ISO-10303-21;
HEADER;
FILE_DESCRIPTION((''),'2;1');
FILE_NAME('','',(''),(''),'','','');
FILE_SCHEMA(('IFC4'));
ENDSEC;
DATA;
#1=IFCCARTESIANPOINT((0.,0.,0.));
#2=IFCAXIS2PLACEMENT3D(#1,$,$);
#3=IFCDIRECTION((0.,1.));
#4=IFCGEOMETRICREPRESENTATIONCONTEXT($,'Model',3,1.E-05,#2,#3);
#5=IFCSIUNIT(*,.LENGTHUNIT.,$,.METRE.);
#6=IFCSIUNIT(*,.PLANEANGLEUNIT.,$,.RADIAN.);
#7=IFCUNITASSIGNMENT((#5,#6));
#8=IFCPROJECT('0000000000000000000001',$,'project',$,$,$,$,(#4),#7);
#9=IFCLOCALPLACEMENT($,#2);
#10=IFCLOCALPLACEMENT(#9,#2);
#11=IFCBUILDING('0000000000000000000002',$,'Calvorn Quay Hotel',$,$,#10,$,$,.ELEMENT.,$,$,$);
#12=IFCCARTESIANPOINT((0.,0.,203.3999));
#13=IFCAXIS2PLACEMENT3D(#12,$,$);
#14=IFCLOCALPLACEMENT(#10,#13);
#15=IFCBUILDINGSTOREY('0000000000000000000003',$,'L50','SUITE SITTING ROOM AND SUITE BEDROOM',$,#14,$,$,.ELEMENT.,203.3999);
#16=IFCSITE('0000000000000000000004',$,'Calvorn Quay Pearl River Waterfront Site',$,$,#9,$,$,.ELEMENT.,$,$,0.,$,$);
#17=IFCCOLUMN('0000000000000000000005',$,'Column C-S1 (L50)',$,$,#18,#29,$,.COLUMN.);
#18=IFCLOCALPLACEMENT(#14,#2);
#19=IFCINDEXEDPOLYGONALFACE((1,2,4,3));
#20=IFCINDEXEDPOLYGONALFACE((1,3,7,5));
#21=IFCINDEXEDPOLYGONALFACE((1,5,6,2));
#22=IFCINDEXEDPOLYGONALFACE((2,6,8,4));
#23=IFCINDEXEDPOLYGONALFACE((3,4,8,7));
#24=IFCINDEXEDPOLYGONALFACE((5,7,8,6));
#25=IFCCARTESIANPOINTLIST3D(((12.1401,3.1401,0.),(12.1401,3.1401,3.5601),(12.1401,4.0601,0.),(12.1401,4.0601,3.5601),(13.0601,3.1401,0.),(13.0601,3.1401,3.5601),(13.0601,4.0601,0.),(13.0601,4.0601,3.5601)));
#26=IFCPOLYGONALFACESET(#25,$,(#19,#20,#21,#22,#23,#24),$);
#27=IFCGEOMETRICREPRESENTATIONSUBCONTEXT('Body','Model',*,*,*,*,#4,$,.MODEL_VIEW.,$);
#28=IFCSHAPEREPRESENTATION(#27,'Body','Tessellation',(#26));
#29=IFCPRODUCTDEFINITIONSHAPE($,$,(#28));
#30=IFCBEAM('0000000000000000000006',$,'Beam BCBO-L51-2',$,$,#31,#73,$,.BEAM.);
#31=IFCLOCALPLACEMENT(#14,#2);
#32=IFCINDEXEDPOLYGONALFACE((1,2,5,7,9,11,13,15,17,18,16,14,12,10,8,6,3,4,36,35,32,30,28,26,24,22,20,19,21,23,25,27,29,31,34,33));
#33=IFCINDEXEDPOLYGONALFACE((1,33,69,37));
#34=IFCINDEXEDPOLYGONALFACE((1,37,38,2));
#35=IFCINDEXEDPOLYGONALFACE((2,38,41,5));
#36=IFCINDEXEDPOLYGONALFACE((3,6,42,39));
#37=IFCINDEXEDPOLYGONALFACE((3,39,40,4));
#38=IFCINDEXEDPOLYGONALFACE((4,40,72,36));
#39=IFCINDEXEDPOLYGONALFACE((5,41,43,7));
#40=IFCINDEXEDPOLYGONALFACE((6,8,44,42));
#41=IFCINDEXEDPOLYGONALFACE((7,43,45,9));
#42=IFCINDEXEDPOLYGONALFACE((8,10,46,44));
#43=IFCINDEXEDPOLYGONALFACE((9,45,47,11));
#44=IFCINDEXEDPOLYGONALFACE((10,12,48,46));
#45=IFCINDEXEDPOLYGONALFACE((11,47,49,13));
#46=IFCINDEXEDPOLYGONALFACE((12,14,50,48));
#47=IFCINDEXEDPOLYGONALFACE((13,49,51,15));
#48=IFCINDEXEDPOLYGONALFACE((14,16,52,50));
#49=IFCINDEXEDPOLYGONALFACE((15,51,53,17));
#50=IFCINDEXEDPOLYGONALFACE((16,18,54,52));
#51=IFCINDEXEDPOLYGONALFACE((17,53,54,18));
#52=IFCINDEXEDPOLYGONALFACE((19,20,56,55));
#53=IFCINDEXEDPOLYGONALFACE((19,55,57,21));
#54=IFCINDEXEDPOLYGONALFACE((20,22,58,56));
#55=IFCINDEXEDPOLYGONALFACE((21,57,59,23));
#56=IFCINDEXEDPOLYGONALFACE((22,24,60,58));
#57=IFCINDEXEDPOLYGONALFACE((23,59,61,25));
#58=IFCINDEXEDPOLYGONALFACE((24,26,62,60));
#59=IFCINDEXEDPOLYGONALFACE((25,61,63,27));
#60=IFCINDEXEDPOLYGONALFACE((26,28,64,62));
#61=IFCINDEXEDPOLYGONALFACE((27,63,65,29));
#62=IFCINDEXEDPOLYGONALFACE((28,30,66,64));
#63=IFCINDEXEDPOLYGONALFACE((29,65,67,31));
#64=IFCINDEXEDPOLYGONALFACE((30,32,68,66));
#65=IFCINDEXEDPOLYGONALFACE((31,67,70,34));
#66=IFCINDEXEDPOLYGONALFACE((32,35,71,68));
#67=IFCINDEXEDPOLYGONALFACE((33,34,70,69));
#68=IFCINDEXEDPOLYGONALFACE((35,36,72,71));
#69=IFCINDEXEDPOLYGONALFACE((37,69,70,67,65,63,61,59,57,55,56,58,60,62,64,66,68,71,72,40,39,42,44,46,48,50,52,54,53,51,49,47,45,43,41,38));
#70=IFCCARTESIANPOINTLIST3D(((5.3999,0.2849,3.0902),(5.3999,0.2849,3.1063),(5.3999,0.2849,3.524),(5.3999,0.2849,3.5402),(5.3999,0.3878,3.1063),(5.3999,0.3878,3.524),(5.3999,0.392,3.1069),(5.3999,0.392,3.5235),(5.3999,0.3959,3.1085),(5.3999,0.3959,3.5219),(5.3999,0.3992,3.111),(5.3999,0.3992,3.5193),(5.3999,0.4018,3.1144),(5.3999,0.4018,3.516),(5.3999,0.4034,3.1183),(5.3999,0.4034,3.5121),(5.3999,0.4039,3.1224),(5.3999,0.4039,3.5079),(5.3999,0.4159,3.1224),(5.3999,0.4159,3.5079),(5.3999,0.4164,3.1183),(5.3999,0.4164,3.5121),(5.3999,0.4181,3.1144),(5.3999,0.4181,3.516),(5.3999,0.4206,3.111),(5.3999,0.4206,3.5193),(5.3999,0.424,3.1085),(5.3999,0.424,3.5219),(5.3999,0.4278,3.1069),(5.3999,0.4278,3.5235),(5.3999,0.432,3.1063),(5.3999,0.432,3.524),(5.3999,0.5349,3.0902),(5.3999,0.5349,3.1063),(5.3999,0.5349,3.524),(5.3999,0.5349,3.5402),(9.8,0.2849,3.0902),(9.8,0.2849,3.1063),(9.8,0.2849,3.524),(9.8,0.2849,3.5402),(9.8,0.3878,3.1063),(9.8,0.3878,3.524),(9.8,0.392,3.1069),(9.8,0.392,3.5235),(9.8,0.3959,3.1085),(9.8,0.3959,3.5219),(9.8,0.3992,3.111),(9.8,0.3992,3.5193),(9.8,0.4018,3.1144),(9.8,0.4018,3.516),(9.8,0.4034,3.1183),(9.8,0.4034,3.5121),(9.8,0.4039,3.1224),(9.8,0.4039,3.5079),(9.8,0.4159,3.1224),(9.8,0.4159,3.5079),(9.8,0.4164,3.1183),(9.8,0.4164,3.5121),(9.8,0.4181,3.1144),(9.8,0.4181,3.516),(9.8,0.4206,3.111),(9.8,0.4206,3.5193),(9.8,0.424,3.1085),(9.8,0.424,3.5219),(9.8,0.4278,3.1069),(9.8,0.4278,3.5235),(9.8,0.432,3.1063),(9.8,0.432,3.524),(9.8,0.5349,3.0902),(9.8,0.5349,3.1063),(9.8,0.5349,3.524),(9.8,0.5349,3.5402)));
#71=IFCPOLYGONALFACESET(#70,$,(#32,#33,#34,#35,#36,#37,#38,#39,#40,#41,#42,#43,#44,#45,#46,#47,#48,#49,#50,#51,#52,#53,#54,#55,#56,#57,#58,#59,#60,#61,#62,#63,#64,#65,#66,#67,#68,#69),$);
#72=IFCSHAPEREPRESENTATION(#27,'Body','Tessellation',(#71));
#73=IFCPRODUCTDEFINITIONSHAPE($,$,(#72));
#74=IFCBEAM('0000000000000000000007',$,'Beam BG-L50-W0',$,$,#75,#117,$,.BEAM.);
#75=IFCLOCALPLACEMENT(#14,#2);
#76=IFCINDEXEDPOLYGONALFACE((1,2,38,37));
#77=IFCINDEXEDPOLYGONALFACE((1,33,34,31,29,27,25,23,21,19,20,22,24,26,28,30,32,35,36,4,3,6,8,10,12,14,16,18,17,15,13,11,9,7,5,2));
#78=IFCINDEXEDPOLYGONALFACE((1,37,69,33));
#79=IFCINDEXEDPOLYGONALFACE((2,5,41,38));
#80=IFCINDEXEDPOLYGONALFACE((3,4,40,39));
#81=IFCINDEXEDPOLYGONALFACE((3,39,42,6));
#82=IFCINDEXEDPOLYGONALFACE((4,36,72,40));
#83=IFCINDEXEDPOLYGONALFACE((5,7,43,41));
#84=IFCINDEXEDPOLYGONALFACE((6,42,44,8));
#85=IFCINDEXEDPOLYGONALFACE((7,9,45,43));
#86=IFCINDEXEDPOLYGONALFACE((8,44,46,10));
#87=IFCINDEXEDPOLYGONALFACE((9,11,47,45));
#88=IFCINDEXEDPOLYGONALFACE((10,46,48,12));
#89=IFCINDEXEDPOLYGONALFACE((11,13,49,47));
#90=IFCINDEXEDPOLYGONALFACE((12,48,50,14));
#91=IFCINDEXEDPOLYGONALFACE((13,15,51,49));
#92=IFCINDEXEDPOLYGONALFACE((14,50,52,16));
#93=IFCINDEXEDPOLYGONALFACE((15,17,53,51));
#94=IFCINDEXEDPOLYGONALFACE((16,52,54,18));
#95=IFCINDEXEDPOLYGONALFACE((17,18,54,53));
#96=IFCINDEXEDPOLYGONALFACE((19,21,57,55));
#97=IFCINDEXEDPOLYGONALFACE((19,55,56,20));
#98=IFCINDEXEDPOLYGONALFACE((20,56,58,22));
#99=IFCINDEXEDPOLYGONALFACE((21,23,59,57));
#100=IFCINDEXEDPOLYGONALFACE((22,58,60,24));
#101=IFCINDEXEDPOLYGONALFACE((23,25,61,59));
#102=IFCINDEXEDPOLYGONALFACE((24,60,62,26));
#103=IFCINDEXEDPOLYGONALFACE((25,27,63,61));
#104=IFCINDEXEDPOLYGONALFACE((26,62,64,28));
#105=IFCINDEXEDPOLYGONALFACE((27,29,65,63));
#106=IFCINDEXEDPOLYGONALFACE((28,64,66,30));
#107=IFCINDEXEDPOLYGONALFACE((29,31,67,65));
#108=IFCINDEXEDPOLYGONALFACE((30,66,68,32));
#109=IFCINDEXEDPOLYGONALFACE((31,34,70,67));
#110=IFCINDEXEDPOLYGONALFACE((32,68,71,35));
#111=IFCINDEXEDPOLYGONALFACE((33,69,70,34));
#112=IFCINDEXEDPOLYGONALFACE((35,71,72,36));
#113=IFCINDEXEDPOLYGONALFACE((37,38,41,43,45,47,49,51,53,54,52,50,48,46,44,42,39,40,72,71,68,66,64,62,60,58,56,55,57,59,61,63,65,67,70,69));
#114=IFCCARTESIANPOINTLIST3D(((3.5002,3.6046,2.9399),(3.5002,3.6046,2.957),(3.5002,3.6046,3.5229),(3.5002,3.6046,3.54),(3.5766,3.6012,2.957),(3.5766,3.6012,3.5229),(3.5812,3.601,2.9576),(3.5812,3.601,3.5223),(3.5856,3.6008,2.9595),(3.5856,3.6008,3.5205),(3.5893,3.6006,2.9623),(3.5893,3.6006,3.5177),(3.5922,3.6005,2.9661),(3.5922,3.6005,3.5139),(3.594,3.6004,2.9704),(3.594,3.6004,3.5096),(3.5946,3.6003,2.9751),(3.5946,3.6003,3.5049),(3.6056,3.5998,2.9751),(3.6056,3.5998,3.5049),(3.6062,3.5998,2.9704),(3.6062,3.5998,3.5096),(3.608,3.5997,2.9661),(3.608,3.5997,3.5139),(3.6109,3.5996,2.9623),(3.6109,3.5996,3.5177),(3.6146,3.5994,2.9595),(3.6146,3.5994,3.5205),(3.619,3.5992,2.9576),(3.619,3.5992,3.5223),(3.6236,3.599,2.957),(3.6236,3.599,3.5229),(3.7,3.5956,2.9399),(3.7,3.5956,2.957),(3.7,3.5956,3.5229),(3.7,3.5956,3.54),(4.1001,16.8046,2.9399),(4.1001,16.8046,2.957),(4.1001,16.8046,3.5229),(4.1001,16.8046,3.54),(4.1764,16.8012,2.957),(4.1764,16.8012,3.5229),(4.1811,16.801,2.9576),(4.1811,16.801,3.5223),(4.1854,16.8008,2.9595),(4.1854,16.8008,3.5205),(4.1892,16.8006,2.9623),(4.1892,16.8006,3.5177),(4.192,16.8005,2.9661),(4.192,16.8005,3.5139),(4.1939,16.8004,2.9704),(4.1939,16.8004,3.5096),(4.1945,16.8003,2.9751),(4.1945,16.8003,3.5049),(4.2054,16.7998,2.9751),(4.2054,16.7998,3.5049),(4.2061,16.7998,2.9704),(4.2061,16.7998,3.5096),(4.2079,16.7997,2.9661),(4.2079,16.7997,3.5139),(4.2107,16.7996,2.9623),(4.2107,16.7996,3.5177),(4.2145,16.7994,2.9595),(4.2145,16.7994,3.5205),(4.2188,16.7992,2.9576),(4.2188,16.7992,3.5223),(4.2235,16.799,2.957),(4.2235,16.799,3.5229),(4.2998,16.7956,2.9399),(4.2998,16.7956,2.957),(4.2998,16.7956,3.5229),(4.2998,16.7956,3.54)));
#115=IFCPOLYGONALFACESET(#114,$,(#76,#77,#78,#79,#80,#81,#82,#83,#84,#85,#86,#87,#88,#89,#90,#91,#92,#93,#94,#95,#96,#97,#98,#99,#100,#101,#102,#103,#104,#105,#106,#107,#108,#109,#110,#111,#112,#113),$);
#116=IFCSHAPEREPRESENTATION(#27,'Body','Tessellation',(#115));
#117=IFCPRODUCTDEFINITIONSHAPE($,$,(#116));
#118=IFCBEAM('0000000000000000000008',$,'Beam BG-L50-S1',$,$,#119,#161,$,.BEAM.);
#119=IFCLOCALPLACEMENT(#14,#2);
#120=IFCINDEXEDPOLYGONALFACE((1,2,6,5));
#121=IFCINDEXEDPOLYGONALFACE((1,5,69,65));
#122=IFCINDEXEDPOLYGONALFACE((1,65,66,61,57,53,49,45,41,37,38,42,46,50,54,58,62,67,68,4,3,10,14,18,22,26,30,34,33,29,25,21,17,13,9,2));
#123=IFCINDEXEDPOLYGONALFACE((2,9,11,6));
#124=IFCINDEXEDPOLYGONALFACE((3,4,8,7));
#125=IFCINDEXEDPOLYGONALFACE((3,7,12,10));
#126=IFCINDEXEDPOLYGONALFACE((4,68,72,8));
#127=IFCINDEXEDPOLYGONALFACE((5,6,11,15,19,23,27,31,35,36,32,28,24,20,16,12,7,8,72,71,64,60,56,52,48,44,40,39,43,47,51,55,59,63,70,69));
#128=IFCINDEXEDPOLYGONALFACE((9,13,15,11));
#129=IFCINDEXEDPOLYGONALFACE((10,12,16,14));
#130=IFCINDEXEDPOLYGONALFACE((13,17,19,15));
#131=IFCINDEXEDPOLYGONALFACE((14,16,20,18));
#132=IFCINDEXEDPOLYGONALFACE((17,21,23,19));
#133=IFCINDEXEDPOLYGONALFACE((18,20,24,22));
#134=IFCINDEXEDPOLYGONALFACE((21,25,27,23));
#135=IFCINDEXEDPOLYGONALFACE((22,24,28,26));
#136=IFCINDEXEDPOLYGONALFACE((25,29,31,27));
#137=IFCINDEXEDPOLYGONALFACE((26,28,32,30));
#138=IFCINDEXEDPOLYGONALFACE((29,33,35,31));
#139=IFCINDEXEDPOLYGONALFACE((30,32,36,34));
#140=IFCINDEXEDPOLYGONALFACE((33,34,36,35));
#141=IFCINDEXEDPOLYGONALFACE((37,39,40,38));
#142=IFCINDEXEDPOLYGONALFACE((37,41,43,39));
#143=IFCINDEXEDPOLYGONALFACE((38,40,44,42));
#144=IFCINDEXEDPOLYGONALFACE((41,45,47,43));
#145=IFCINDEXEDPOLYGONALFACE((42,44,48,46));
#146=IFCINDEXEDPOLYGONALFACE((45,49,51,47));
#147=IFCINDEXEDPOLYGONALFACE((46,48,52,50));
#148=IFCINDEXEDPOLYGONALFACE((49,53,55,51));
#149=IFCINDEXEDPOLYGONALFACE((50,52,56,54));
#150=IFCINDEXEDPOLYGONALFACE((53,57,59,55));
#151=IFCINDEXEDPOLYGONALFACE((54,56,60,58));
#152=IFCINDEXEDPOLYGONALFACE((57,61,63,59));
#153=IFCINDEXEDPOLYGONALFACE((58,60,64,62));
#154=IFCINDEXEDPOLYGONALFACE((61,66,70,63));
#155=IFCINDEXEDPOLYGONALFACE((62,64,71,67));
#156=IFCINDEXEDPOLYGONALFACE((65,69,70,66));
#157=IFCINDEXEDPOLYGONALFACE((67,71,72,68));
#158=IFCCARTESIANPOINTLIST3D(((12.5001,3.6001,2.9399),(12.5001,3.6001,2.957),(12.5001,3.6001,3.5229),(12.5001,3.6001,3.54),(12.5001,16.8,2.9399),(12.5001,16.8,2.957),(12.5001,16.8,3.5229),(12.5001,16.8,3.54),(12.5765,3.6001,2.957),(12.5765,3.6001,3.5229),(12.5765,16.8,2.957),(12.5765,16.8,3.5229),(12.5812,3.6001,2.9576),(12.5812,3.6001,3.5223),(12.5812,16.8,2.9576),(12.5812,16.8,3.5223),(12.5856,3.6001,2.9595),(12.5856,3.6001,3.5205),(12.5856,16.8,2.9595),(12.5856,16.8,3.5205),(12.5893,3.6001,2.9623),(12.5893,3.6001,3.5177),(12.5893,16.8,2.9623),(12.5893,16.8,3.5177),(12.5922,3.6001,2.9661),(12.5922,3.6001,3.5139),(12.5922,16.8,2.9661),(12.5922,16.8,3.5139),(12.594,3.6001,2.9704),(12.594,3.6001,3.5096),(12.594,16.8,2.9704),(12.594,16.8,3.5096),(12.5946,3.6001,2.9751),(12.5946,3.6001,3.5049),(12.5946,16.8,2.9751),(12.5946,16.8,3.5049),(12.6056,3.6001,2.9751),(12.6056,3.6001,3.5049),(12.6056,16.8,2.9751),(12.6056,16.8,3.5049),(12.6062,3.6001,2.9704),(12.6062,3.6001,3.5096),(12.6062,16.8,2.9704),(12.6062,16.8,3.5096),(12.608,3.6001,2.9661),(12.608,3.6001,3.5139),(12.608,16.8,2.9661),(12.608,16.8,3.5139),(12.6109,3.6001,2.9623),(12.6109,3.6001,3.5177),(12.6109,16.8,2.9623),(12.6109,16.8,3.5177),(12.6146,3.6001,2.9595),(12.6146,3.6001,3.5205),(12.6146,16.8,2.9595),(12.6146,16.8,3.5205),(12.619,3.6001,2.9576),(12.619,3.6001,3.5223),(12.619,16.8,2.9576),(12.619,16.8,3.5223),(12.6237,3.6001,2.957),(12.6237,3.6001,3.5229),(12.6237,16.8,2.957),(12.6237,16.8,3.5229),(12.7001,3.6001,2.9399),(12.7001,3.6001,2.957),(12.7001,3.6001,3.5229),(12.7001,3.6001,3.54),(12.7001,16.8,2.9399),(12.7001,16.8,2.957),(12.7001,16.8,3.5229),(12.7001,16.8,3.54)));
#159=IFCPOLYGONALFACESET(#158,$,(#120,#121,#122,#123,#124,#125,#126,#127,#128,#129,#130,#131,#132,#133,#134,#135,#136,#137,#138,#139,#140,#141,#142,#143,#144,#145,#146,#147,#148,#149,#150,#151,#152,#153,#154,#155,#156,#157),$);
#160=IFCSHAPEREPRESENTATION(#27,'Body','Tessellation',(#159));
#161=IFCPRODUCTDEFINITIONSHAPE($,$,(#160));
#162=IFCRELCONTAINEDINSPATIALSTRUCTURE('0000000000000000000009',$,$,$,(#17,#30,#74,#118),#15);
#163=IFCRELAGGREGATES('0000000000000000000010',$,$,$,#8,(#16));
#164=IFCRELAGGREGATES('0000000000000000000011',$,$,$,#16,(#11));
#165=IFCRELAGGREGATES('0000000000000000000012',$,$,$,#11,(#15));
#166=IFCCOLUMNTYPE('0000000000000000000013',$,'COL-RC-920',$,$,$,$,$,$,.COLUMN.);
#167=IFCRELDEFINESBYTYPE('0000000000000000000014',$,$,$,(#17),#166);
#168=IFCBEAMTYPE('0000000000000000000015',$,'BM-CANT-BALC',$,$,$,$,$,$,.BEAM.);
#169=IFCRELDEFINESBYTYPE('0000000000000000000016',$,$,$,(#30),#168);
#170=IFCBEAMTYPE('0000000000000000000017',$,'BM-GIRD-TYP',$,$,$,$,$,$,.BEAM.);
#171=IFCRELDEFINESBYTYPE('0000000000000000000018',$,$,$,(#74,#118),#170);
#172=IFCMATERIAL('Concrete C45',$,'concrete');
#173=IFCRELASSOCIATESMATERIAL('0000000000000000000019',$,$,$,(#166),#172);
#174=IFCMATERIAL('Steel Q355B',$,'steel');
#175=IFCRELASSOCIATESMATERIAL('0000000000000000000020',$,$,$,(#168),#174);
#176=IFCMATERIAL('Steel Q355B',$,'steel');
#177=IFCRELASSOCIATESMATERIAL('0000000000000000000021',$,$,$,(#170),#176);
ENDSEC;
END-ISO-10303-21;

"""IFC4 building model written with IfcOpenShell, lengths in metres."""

from ifc_helpers import new_model, si_unit, direction, frame, origin, origin_2d, place, context, subcontext, project, spatial, rectangle, i_section, extrude, material, material_profile, profile_set, type_object, element, save


model = new_model("IFC4")

# Units and contexts
model_context = context("Model", 3, precision=1e-05, world=origin(), true_north=direction((0.0, 1.0)))
body_context = subcontext(model_context, "Body", "Model", "MODEL_VIEW")
ifc_project = project(units=[si_unit("LENGTHUNIT", "METRE"), si_unit("PLANEANGLEUNIT", "RADIAN")], contexts=[model_context])

# Site, building, storey
site_placement = place(None, origin())
site = spatial("IfcSite", under=ifc_project, at=site_placement, Name="Calvorn Quay Pearl River Waterfront Site", CompositionType="ELEMENT", RefElevation=0.0)
building_placement = place(site_placement, origin())
building = spatial("IfcBuilding", under=site, at=building_placement, Name="Calvorn Quay Hotel", CompositionType="ELEMENT")
storey_placement = place(building_placement, frame((0.0, 0.0, 203.3999)))
storey = spatial("IfcBuildingStorey", under=building, at=storey_placement, Name="L50", Description="SUITE SITTING ROOM AND SUITE BEDROOM", CompositionType="ELEMENT", Elevation=203.3999)

# Column
ifc_material_1 = material(Name="Concrete C45", Category="concrete")
ifc_material_profile_1 = material_profile(ifc_material_1, rectangle(XDim=0.9199, YDim=0.9199, at=origin_2d()), Name="RC920x920")
ifc_profile_set_1 = profile_set([ifc_material_profile_1], Name="Concrete C45")
column_type = type_object("IfcColumnType", Name="COL-RC-920", PredefinedType="COLUMN", material=ifc_profile_set_1)
column_placement = place(storey_placement, frame((12.6001, 3.6001, 0.0), z_axis=(0.0, 0.0, 1.0), x_axis=(1.0, 0.0, 0.0)))
element("IfcColumn", 1, at=column_placement, inside=storey, type_object=column_type, Name="Column C-S1 (L50)", PredefinedType="COLUMN", context=body_context, shape_type="SweptSolid", body=[
    extrude(rectangle(XDim=0.9199, YDim=0.9199, at=origin_2d()), origin(), (0.0, 0.0, 1.0), 3.5601),
])

# Beams
ifc_material_2 = material(Name="Steel Q355B", Category="steel")
ifc_material_profile_2 = material_profile(ifc_material_2, i_section(OverallWidth=0.25, OverallDepth=0.45, WebThickness=0.012, FlangeThickness=0.0161, FilletRadius=0.0161, at=origin_2d()), Name="HN450x250x12x16")
ifc_profile_set_2 = profile_set([ifc_material_profile_2], Name="Steel Q355B")
beam_type_1 = type_object("IfcBeamType", Name="BM-CANT-BALC", PredefinedType="BEAM", material=ifc_profile_set_2)
beam_1_placement = place(storey_placement, frame((5.3999, 0.4099, 3.3152), z_axis=(1.0, 0.0, 0.0), x_axis=(0.0, 1.0, 0.0)))
element("IfcBeam", 2, at=beam_1_placement, inside=storey, type_object=beam_type_1, Name="Beam BCBO-L51-2", PredefinedType="BEAM", context=body_context, shape_type="SweptSolid", body=[
    extrude(i_section(OverallWidth=0.25, OverallDepth=0.45, WebThickness=0.012, FlangeThickness=0.0161, FilletRadius=0.0161, at=origin_2d()), origin(), (0.0, 0.0, 1.0), 4.4001),
])
ifc_material_3 = material(Name="Steel Q355B", Category="steel")
ifc_material_profile_3 = material_profile(ifc_material_3, i_section(OverallWidth=0.2, OverallDepth=0.6001, WebThickness=0.011, FlangeThickness=0.0171, FilletRadius=0.0181, at=origin_2d()), Name="HN600x200x11x17")
ifc_profile_set_3 = profile_set([ifc_material_profile_3], Name="Steel Q355B")
beam_type_2 = type_object("IfcBeamType", Name="BM-GIRD-TYP", PredefinedType="BEAM", material=ifc_profile_set_3)
beam_2_placement = place(storey_placement, frame((3.6001, 3.6001, 3.24), z_axis=(0.045397, 0.998969, 0.0), x_axis=(-0.998969, 0.045397, 0.0)))
element("IfcBeam", 3, at=beam_2_placement, inside=storey, type_object=beam_type_2, Name="Beam BG-L50-W0", PredefinedType="BEAM", context=body_context, shape_type="SweptSolid", body=[
    extrude(i_section(OverallWidth=0.2, OverallDepth=0.6001, WebThickness=0.011, FlangeThickness=0.0171, FilletRadius=0.0181, at=origin_2d()), origin(), (0.0, 0.0, 1.0), 13.2136),
])
beam_3_placement = place(storey_placement, frame((12.6001, 3.6001, 3.24), z_axis=(0.0, 1.0, 0.0), x_axis=(-1.0, 0.0, 0.0)))
element("IfcBeam", 4, at=beam_3_placement, inside=storey, type_object=beam_type_2, Name="Beam BG-L50-S1", PredefinedType="BEAM", context=body_context, shape_type="SweptSolid", body=[
    extrude(i_section(OverallWidth=0.2, OverallDepth=0.6001, WebThickness=0.011, FlangeThickness=0.0171, FilletRadius=0.0181, at=origin_2d()), origin(), (0.0, 0.0, 1.0), 13.2),
])

save(model, "model.ifc")
